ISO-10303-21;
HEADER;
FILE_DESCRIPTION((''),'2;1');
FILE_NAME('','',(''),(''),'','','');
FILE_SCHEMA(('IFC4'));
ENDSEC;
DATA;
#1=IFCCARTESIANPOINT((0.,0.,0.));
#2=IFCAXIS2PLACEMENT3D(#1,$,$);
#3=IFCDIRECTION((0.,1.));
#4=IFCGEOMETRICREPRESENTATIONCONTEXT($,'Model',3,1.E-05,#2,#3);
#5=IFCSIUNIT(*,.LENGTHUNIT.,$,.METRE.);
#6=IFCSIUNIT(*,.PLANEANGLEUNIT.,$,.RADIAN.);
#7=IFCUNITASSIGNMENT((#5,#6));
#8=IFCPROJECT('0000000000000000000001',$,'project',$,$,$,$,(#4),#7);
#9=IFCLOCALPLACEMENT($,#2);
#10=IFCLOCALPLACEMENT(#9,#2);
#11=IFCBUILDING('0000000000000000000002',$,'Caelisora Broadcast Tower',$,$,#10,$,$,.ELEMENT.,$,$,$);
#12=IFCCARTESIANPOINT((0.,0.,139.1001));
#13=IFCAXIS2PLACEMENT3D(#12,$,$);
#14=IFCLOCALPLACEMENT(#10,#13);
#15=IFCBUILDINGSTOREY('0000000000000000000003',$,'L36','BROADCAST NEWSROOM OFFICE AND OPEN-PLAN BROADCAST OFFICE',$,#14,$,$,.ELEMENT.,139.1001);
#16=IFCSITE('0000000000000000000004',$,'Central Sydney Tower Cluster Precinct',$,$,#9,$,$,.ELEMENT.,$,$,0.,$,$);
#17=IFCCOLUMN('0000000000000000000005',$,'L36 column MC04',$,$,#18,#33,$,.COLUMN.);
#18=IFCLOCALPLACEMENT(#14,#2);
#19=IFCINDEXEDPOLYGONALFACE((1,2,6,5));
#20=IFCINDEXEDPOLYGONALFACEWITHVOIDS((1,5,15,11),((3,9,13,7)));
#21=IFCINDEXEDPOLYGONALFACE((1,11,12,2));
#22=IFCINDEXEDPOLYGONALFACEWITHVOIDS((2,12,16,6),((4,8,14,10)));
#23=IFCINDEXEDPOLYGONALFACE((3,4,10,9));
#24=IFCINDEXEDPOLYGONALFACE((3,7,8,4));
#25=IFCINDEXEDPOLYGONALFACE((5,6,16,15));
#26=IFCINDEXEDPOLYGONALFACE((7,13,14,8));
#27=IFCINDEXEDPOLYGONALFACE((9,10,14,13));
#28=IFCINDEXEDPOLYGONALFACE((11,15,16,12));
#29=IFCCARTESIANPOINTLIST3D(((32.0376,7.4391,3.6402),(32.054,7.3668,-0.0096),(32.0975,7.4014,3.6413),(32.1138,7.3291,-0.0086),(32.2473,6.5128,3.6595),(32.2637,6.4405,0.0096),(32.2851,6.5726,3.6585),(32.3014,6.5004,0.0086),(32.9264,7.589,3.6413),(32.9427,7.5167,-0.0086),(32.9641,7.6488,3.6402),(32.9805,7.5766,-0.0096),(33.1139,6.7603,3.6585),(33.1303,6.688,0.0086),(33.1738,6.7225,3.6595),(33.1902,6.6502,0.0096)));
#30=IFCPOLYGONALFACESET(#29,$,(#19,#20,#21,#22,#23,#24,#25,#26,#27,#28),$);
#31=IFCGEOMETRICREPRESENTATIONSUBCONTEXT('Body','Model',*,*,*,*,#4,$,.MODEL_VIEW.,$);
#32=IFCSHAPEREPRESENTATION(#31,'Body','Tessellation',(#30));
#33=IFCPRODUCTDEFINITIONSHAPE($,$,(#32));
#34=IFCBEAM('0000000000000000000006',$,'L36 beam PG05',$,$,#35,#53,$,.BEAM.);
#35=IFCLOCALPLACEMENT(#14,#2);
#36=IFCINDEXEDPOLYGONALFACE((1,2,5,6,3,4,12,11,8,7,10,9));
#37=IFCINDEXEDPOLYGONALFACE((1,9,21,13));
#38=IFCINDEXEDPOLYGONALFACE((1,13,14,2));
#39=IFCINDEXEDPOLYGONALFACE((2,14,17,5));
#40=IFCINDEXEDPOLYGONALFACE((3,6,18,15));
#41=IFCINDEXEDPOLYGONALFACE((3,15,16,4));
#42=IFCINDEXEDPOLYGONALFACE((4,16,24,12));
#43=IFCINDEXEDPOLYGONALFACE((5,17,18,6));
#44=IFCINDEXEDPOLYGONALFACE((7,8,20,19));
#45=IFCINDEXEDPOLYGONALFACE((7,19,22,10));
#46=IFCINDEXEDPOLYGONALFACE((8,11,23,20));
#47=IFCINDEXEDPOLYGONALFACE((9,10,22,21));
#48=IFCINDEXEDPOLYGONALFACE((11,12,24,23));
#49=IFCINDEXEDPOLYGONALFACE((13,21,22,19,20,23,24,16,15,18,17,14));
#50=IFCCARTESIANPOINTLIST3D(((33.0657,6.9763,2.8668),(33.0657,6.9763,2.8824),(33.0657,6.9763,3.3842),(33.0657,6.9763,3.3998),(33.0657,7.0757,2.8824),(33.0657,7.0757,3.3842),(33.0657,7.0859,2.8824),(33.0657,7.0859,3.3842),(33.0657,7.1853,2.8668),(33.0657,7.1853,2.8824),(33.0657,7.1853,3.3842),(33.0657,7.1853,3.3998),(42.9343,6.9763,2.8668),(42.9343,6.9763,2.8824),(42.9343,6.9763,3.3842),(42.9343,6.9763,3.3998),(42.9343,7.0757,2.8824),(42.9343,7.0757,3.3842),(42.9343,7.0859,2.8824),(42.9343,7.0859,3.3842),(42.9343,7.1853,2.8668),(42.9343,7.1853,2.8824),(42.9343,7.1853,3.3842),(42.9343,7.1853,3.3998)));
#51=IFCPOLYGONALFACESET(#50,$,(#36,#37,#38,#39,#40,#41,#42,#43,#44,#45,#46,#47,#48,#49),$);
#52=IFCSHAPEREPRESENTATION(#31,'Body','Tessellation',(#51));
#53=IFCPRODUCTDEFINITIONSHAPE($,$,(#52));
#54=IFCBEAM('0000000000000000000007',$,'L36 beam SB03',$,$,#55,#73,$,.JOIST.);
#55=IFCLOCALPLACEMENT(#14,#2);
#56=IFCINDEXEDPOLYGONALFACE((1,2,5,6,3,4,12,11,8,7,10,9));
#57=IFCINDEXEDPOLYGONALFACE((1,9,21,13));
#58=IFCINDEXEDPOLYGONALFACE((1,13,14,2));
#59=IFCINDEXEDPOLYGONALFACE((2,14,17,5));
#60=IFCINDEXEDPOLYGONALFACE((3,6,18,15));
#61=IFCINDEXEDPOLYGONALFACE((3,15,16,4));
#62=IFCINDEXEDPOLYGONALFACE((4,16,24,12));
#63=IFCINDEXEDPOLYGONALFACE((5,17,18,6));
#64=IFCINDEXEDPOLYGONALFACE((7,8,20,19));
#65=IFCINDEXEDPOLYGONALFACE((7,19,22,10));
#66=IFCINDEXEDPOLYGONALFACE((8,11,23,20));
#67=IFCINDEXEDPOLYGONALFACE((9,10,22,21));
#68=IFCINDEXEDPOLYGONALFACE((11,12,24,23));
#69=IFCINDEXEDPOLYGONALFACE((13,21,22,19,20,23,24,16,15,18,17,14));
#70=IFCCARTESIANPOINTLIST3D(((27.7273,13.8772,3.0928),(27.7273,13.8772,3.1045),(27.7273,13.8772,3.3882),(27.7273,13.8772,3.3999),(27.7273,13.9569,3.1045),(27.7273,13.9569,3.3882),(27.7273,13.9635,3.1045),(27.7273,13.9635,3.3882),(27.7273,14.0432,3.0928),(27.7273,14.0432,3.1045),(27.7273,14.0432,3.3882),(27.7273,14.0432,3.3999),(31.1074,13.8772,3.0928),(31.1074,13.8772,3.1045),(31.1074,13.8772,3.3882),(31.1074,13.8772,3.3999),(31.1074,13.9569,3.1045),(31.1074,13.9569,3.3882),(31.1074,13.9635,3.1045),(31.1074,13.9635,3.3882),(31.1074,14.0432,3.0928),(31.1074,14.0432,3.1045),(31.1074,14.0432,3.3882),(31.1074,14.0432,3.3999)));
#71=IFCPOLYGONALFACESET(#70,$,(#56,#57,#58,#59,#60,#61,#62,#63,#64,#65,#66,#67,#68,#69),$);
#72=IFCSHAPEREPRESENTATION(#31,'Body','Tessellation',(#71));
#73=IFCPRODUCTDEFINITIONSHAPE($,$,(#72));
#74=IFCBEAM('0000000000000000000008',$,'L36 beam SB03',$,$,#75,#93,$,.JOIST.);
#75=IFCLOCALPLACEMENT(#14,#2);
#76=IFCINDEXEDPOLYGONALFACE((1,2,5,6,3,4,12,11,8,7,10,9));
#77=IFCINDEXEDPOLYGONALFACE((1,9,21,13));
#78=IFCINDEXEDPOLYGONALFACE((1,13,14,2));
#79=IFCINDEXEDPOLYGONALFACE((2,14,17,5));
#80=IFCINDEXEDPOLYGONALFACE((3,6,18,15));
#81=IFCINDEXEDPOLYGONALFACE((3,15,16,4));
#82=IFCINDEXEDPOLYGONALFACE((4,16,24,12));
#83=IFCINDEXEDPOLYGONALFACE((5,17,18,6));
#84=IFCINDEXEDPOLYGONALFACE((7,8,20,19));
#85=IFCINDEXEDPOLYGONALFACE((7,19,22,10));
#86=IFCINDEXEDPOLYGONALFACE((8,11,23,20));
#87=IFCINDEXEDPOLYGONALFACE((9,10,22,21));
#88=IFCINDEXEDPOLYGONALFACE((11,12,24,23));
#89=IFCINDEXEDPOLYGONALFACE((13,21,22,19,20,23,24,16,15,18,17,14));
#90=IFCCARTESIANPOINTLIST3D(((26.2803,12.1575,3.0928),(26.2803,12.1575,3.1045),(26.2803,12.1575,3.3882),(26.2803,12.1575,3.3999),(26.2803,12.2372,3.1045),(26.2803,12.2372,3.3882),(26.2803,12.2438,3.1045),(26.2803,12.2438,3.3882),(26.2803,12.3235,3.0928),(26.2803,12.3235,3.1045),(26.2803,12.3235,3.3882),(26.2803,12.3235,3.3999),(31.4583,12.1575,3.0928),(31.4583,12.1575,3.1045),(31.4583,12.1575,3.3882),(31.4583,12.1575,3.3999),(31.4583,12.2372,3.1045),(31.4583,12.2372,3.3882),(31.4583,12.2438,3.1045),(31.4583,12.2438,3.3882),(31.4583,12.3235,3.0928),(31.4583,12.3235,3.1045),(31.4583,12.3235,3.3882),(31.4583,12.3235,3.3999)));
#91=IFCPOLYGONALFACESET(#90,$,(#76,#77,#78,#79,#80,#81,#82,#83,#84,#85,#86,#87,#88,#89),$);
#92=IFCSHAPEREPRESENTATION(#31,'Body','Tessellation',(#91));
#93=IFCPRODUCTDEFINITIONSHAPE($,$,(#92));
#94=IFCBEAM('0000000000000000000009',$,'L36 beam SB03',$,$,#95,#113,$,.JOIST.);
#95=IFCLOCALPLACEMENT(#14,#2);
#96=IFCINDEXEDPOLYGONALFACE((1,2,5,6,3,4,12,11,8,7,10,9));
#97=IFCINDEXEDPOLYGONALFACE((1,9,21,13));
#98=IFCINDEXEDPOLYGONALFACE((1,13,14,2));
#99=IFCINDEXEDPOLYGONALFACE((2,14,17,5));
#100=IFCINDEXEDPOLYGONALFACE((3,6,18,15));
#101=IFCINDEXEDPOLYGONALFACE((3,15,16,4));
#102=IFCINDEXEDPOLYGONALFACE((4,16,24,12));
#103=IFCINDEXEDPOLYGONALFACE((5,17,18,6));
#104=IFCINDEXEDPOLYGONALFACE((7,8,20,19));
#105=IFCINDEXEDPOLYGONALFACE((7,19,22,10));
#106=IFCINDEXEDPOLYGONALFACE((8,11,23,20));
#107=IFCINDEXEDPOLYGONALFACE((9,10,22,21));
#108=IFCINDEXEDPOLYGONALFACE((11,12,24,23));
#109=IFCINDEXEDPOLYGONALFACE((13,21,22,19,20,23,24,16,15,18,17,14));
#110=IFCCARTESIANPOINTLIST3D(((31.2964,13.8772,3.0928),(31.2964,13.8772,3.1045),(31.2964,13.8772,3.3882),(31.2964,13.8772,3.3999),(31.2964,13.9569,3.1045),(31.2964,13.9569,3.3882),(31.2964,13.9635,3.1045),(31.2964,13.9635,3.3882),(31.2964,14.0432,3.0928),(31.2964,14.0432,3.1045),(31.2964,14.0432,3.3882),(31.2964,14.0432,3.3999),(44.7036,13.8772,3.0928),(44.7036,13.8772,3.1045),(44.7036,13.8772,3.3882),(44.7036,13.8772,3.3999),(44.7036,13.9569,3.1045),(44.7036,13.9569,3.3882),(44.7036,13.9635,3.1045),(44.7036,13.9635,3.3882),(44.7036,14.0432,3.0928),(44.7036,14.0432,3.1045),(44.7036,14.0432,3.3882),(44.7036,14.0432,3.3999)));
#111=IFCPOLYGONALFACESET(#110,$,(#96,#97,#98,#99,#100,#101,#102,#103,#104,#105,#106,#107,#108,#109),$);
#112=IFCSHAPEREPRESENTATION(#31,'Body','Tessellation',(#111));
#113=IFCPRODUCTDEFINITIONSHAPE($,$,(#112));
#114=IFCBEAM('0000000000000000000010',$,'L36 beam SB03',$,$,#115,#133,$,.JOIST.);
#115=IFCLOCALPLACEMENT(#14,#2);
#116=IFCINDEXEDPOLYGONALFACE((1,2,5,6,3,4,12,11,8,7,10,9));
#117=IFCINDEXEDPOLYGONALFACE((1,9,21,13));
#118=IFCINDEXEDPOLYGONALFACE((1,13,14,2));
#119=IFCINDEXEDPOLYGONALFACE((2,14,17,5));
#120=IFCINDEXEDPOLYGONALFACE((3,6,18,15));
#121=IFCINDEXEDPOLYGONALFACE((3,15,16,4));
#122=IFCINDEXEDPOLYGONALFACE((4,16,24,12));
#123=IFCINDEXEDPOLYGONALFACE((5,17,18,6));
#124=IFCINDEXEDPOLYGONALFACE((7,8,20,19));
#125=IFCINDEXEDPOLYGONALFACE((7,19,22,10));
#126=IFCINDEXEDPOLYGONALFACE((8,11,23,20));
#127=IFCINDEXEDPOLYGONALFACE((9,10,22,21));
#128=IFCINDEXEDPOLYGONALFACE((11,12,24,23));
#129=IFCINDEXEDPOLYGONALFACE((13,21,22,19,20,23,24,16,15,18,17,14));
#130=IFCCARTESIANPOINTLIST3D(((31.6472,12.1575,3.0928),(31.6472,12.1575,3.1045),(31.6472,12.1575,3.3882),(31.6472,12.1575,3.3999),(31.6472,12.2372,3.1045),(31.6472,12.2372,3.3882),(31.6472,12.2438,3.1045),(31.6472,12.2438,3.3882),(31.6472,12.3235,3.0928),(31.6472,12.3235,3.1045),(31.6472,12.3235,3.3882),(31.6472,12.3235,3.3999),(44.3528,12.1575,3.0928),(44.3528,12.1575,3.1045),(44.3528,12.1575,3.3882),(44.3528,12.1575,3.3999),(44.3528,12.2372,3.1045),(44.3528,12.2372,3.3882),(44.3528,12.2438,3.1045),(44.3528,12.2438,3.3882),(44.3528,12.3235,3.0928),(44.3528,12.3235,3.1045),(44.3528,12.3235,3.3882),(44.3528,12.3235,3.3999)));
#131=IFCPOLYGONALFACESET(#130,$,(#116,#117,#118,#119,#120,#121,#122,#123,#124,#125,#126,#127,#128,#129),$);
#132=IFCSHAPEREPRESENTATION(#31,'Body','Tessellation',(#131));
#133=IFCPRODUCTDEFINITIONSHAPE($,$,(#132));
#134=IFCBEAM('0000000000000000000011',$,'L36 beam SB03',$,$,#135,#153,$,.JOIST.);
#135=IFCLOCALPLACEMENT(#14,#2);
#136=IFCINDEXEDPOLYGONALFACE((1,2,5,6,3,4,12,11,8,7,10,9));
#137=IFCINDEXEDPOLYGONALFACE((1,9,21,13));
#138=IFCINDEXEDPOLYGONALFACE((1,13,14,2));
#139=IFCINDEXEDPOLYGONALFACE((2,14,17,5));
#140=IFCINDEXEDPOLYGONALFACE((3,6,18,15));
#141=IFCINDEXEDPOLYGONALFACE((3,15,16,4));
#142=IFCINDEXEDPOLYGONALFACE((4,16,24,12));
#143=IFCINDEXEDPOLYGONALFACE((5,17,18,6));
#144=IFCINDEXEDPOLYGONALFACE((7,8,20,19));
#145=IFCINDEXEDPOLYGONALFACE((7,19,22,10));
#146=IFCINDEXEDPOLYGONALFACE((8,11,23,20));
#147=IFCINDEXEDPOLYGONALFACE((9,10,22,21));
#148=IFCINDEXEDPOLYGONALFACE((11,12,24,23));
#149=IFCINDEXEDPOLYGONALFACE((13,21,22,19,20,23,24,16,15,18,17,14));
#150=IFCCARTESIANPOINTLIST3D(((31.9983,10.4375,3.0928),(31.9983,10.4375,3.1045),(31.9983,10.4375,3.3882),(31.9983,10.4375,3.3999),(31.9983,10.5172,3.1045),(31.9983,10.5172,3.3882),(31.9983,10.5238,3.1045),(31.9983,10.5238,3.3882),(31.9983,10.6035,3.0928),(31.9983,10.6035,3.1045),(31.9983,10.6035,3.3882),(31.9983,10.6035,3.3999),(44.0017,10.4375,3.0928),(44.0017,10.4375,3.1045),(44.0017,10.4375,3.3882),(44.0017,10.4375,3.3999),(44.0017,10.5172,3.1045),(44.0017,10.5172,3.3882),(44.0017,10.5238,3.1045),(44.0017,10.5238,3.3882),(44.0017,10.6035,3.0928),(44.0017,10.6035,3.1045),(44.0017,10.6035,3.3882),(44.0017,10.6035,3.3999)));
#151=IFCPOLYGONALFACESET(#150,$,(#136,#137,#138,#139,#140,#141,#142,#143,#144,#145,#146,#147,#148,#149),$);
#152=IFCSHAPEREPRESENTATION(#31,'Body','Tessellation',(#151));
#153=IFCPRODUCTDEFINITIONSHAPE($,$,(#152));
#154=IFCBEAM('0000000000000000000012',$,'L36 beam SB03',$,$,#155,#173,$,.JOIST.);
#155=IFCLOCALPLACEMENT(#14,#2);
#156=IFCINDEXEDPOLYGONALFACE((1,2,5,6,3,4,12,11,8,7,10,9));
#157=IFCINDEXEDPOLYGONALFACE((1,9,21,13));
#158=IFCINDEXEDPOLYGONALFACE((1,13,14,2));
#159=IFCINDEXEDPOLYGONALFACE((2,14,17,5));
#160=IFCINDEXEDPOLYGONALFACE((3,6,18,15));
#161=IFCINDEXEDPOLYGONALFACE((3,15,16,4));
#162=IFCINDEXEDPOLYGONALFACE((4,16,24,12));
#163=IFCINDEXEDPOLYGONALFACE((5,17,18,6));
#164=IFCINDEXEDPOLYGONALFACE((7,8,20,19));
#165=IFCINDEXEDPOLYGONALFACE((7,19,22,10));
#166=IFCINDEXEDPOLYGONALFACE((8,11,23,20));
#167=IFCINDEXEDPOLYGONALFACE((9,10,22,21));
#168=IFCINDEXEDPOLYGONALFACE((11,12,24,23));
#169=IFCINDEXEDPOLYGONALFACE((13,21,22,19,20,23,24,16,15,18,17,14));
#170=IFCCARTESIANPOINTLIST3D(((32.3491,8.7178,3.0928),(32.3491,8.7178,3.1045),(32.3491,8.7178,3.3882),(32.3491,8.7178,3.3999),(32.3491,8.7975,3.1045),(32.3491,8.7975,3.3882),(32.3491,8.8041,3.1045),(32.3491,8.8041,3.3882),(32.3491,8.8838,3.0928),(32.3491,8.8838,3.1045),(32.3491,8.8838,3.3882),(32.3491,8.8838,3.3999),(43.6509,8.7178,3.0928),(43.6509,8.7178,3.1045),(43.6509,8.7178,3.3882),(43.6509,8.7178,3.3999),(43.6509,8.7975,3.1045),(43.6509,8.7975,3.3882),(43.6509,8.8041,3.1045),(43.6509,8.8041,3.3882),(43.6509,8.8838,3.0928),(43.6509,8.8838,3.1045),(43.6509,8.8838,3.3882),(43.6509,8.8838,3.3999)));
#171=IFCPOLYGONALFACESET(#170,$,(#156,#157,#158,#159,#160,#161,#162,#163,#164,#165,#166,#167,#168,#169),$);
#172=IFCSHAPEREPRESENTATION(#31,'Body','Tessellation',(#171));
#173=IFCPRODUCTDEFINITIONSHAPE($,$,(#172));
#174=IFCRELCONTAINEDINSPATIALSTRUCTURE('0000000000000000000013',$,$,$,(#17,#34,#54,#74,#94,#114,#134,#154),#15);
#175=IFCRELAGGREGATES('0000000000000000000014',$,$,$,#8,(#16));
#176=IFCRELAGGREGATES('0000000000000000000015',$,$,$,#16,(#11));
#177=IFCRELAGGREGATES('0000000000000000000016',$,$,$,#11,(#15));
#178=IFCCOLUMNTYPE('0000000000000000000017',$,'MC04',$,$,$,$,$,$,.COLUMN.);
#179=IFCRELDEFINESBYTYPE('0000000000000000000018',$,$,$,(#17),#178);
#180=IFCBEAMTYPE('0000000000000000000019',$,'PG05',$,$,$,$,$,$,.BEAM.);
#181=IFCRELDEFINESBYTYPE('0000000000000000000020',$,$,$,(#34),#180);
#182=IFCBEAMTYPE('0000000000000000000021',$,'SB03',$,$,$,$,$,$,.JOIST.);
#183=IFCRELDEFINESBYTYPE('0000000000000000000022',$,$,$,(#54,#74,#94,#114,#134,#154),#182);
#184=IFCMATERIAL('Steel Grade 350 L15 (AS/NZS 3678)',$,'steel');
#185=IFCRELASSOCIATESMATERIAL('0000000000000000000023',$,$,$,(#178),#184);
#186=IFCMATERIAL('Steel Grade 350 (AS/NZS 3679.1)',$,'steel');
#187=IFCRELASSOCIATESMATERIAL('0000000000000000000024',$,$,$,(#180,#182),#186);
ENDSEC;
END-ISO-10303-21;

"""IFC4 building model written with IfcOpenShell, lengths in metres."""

from ifc_helpers import new_model, si_unit, direction, frame, origin, origin_2d, place, context, subcontext, project, spatial, hollow_rectangle, i_section, extrude, source, transform, mapped, material, material_profile, profile_set, type_object, type_shapes, element, save


model = new_model("IFC4")

# Units and contexts
model_context = context("Model", 3, precision=1e-05, world=origin(), true_north=direction((0.0, 1.0)))
body_context = subcontext(model_context, "Body", "Model", "MODEL_VIEW")
ifc_project = project(units=[si_unit("LENGTHUNIT", "METRE"), si_unit("PLANEANGLEUNIT", "RADIAN")], contexts=[model_context])

# Site, building, storey
site_placement = place(None, origin())
site = spatial("IfcSite", under=ifc_project, at=site_placement, Name="Central Sydney Tower Cluster Precinct", CompositionType="ELEMENT", RefElevation=0.0)
building_placement = place(site_placement, origin())
building = spatial("IfcBuilding", under=site, at=building_placement, Name="Caelisora Broadcast Tower", CompositionType="ELEMENT")
storey_placement = place(building_placement, frame((0.0, 0.0, 139.1001)))
storey = spatial("IfcBuildingStorey", under=building, at=storey_placement, Name="L36", Description="BROADCAST NEWSROOM OFFICE AND OPEN-PLAN BROADCAST OFFICE", CompositionType="ELEMENT", Elevation=139.1001)

# Column
ifc_material_1 = material(Name="Steel Grade 350 L15 (AS/NZS 3678)", Category="steel")
ifc_material_profile_1 = material_profile(ifc_material_1, hollow_rectangle(XDim=0.95, YDim=0.95, WallThickness=0.05, at=origin_2d()), Name="Steel Grade 350 L15 (AS/NZS 3678)")
ifc_profile_set_1 = profile_set([ifc_material_profile_1], Name="Steel Grade 350 L15 (AS/NZS 3678)")
column_type = type_object("IfcColumnType", Name="MC04", PredefinedType="COLUMN", material=ifc_profile_set_1)
shared_shape_1 = source(origin(), body_context, "Body", "SweptSolid", [
    extrude(hollow_rectangle(XDim=0.95, YDim=0.95, WallThickness=0.05, at=origin_2d()), origin(), (0.0, 0.0, 1.0), 3.6506),
])
type_shapes(column_type, [shared_shape_1])
column_placement = place(storey_placement, frame((32.6221, 7.0085, 0.0), z_axis=(-0.004481, 0.019795, 0.999794), x_axis=(-0.975327, -0.220767, 0.0)))
element("IfcColumn", 1, at=column_placement, inside=storey, type_object=column_type, Name="L36 column MC04", PredefinedType="COLUMN", context=body_context, shape_type="MappedRepresentation", body=[
    mapped(shared_shape_1, transform((0.0, 0.0, 0.0), scale=1.0)),
])

# Beams
ifc_material_2 = material(Name="Steel Grade 350 (AS/NZS 3679.1)", Category="steel")
ifc_material_profile_2 = material_profile(ifc_material_2, i_section(OverallWidth=0.209, OverallDepth=0.533, WebThickness=0.0103, FlangeThickness=0.0156, at=origin_2d()), Name="Steel Grade 350 (AS/NZS 3679.1)")
ifc_profile_set_2 = profile_set([ifc_material_profile_2], Name="Steel Grade 350 (AS/NZS 3679.1)")
beam_type_1 = type_object("IfcBeamType", Name="PG05", PredefinedType="BEAM", material=ifc_profile_set_2)
shared_shape_2 = source(origin(), body_context, "Body", "SweptSolid", [
    extrude(i_section(OverallWidth=0.209, OverallDepth=0.533, WebThickness=0.0103, FlangeThickness=0.0156, at=origin_2d()), origin(), (0.0, 0.0, 1.0), 9.8687),
])
type_shapes(beam_type_1, [shared_shape_2])
beam_1_placement = place(storey_placement, frame((33.0657, 7.0808, 3.1333), z_axis=(1.0, 0.0, 0.0), x_axis=(0.0, 1.0, 0.0)))
element("IfcBeam", 2, at=beam_1_placement, inside=storey, type_object=beam_type_1, Name="L36 beam PG05", PredefinedType="BEAM", context=body_context, shape_type="MappedRepresentation", body=[
    mapped(shared_shape_2, transform((0.0, 0.0, 0.0), scale=1.0)),
])
ifc_material_profile_3 = material_profile(ifc_material_2, i_section(OverallWidth=0.166, OverallDepth=0.3071, WebThickness=0.0066, FlangeThickness=0.0117, at=origin_2d()), Name="Steel Grade 350 (AS/NZS 3679.1)")
ifc_profile_set_3 = profile_set([ifc_material_profile_3], Name="Steel Grade 350 (AS/NZS 3679.1)")
beam_type_2 = type_object("IfcBeamType", Name="SB03", PredefinedType="JOIST", material=ifc_profile_set_3)
shared_shape_3 = source(origin(), body_context, "Body", "SweptSolid", [
    extrude(i_section(OverallWidth=0.166, OverallDepth=0.3071, WebThickness=0.0066, FlangeThickness=0.0117, at=origin_2d()), origin(), (0.0, 0.0, 1.0), 3.3801),
])
beam_2_placement = place(storey_placement, frame((27.7273, 13.9602, 3.2463), z_axis=(1.0, 0.0, 0.0), x_axis=(0.0, 1.0, 0.0)))
element("IfcBeam", 3, at=beam_2_placement, inside=storey, type_object=beam_type_2, Name="L36 beam SB03", PredefinedType="JOIST", context=body_context, shape_type="MappedRepresentation", body=[
    mapped(shared_shape_3, transform((0.0, 0.0, 0.0), scale=1.0)),
])
shared_shape_4 = source(origin(), body_context, "Body", "SweptSolid", [
    extrude(i_section(OverallWidth=0.166, OverallDepth=0.3071, WebThickness=0.0066, FlangeThickness=0.0117, at=origin_2d()), origin(), (0.0, 0.0, 1.0), 5.178),
])
beam_3_placement = place(storey_placement, frame((26.2803, 12.2405, 3.2463), z_axis=(1.0, 0.0, 0.0), x_axis=(0.0, 1.0, 0.0)))
element("IfcBeam", 4, at=beam_3_placement, inside=storey, type_object=beam_type_2, Name="L36 beam SB03", PredefinedType="JOIST", context=body_context, shape_type="MappedRepresentation", body=[
    mapped(shared_shape_4, transform((0.0, 0.0, 0.0), scale=1.0)),
])
shared_shape_5 = source(origin(), body_context, "Body", "SweptSolid", [
    extrude(i_section(OverallWidth=0.166, OverallDepth=0.3071, WebThickness=0.0066, FlangeThickness=0.0117, at=origin_2d()), origin(), (0.0, 0.0, 1.0), 13.4072),
])
beam_4_placement = place(storey_placement, frame((31.2964, 13.9602, 3.2463), z_axis=(1.0, 0.0, 0.0), x_axis=(0.0, 1.0, 0.0)))
element("IfcBeam", 5, at=beam_4_placement, inside=storey, type_object=beam_type_2, Name="L36 beam SB03", PredefinedType="JOIST", context=body_context, shape_type="MappedRepresentation", body=[
    mapped(shared_shape_5, transform((0.0, 0.0, 0.0), scale=1.0)),
])
shared_shape_6 = source(origin(), body_context, "Body", "SweptSolid", [
    extrude(i_section(OverallWidth=0.166, OverallDepth=0.3071, WebThickness=0.0066, FlangeThickness=0.0117, at=origin_2d()), origin(), (0.0, 0.0, 1.0), 12.7056),
])
beam_5_placement = place(storey_placement, frame((31.6472, 12.2405, 3.2463), z_axis=(1.0, 0.0, 0.0), x_axis=(0.0, 1.0, 0.0)))
element("IfcBeam", 6, at=beam_5_placement, inside=storey, type_object=beam_type_2, Name="L36 beam SB03", PredefinedType="JOIST", context=body_context, shape_type="MappedRepresentation", body=[
    mapped(shared_shape_6, transform((0.0, 0.0, 0.0), scale=1.0)),
])
shared_shape_7 = source(origin(), body_context, "Body", "SweptSolid", [
    extrude(i_section(OverallWidth=0.166, OverallDepth=0.3071, WebThickness=0.0066, FlangeThickness=0.0117, at=origin_2d()), origin(), (0.0, 0.0, 1.0), 12.0034),
])
beam_6_placement = place(storey_placement, frame((31.9983, 10.5205, 3.2463), z_axis=(1.0, 0.0, 0.0), x_axis=(0.0, 1.0, 0.0)))
element("IfcBeam", 7, at=beam_6_placement, inside=storey, type_object=beam_type_2, Name="L36 beam SB03", PredefinedType="JOIST", context=body_context, shape_type="MappedRepresentation", body=[
    mapped(shared_shape_7, transform((0.0, 0.0, 0.0), scale=1.0)),
])
shared_shape_8 = source(origin(), body_context, "Body", "SweptSolid", [
    extrude(i_section(OverallWidth=0.166, OverallDepth=0.3071, WebThickness=0.0066, FlangeThickness=0.0117, at=origin_2d()), origin(), (0.0, 0.0, 1.0), 11.3018),
])
type_shapes(beam_type_2, [shared_shape_3, shared_shape_4, shared_shape_5, shared_shape_6, shared_shape_7, shared_shape_8])
beam_7_placement = place(storey_placement, frame((32.3491, 8.8008, 3.2463), z_axis=(1.0, 0.0, 0.0), x_axis=(0.0, 1.0, 0.0)))
element("IfcBeam", 8, at=beam_7_placement, inside=storey, type_object=beam_type_2, Name="L36 beam SB03", PredefinedType="JOIST", context=body_context, shape_type="MappedRepresentation", body=[
    mapped(shared_shape_8, transform((0.0, 0.0, 0.0), scale=1.0)),
])

save(model, "model.ifc")
